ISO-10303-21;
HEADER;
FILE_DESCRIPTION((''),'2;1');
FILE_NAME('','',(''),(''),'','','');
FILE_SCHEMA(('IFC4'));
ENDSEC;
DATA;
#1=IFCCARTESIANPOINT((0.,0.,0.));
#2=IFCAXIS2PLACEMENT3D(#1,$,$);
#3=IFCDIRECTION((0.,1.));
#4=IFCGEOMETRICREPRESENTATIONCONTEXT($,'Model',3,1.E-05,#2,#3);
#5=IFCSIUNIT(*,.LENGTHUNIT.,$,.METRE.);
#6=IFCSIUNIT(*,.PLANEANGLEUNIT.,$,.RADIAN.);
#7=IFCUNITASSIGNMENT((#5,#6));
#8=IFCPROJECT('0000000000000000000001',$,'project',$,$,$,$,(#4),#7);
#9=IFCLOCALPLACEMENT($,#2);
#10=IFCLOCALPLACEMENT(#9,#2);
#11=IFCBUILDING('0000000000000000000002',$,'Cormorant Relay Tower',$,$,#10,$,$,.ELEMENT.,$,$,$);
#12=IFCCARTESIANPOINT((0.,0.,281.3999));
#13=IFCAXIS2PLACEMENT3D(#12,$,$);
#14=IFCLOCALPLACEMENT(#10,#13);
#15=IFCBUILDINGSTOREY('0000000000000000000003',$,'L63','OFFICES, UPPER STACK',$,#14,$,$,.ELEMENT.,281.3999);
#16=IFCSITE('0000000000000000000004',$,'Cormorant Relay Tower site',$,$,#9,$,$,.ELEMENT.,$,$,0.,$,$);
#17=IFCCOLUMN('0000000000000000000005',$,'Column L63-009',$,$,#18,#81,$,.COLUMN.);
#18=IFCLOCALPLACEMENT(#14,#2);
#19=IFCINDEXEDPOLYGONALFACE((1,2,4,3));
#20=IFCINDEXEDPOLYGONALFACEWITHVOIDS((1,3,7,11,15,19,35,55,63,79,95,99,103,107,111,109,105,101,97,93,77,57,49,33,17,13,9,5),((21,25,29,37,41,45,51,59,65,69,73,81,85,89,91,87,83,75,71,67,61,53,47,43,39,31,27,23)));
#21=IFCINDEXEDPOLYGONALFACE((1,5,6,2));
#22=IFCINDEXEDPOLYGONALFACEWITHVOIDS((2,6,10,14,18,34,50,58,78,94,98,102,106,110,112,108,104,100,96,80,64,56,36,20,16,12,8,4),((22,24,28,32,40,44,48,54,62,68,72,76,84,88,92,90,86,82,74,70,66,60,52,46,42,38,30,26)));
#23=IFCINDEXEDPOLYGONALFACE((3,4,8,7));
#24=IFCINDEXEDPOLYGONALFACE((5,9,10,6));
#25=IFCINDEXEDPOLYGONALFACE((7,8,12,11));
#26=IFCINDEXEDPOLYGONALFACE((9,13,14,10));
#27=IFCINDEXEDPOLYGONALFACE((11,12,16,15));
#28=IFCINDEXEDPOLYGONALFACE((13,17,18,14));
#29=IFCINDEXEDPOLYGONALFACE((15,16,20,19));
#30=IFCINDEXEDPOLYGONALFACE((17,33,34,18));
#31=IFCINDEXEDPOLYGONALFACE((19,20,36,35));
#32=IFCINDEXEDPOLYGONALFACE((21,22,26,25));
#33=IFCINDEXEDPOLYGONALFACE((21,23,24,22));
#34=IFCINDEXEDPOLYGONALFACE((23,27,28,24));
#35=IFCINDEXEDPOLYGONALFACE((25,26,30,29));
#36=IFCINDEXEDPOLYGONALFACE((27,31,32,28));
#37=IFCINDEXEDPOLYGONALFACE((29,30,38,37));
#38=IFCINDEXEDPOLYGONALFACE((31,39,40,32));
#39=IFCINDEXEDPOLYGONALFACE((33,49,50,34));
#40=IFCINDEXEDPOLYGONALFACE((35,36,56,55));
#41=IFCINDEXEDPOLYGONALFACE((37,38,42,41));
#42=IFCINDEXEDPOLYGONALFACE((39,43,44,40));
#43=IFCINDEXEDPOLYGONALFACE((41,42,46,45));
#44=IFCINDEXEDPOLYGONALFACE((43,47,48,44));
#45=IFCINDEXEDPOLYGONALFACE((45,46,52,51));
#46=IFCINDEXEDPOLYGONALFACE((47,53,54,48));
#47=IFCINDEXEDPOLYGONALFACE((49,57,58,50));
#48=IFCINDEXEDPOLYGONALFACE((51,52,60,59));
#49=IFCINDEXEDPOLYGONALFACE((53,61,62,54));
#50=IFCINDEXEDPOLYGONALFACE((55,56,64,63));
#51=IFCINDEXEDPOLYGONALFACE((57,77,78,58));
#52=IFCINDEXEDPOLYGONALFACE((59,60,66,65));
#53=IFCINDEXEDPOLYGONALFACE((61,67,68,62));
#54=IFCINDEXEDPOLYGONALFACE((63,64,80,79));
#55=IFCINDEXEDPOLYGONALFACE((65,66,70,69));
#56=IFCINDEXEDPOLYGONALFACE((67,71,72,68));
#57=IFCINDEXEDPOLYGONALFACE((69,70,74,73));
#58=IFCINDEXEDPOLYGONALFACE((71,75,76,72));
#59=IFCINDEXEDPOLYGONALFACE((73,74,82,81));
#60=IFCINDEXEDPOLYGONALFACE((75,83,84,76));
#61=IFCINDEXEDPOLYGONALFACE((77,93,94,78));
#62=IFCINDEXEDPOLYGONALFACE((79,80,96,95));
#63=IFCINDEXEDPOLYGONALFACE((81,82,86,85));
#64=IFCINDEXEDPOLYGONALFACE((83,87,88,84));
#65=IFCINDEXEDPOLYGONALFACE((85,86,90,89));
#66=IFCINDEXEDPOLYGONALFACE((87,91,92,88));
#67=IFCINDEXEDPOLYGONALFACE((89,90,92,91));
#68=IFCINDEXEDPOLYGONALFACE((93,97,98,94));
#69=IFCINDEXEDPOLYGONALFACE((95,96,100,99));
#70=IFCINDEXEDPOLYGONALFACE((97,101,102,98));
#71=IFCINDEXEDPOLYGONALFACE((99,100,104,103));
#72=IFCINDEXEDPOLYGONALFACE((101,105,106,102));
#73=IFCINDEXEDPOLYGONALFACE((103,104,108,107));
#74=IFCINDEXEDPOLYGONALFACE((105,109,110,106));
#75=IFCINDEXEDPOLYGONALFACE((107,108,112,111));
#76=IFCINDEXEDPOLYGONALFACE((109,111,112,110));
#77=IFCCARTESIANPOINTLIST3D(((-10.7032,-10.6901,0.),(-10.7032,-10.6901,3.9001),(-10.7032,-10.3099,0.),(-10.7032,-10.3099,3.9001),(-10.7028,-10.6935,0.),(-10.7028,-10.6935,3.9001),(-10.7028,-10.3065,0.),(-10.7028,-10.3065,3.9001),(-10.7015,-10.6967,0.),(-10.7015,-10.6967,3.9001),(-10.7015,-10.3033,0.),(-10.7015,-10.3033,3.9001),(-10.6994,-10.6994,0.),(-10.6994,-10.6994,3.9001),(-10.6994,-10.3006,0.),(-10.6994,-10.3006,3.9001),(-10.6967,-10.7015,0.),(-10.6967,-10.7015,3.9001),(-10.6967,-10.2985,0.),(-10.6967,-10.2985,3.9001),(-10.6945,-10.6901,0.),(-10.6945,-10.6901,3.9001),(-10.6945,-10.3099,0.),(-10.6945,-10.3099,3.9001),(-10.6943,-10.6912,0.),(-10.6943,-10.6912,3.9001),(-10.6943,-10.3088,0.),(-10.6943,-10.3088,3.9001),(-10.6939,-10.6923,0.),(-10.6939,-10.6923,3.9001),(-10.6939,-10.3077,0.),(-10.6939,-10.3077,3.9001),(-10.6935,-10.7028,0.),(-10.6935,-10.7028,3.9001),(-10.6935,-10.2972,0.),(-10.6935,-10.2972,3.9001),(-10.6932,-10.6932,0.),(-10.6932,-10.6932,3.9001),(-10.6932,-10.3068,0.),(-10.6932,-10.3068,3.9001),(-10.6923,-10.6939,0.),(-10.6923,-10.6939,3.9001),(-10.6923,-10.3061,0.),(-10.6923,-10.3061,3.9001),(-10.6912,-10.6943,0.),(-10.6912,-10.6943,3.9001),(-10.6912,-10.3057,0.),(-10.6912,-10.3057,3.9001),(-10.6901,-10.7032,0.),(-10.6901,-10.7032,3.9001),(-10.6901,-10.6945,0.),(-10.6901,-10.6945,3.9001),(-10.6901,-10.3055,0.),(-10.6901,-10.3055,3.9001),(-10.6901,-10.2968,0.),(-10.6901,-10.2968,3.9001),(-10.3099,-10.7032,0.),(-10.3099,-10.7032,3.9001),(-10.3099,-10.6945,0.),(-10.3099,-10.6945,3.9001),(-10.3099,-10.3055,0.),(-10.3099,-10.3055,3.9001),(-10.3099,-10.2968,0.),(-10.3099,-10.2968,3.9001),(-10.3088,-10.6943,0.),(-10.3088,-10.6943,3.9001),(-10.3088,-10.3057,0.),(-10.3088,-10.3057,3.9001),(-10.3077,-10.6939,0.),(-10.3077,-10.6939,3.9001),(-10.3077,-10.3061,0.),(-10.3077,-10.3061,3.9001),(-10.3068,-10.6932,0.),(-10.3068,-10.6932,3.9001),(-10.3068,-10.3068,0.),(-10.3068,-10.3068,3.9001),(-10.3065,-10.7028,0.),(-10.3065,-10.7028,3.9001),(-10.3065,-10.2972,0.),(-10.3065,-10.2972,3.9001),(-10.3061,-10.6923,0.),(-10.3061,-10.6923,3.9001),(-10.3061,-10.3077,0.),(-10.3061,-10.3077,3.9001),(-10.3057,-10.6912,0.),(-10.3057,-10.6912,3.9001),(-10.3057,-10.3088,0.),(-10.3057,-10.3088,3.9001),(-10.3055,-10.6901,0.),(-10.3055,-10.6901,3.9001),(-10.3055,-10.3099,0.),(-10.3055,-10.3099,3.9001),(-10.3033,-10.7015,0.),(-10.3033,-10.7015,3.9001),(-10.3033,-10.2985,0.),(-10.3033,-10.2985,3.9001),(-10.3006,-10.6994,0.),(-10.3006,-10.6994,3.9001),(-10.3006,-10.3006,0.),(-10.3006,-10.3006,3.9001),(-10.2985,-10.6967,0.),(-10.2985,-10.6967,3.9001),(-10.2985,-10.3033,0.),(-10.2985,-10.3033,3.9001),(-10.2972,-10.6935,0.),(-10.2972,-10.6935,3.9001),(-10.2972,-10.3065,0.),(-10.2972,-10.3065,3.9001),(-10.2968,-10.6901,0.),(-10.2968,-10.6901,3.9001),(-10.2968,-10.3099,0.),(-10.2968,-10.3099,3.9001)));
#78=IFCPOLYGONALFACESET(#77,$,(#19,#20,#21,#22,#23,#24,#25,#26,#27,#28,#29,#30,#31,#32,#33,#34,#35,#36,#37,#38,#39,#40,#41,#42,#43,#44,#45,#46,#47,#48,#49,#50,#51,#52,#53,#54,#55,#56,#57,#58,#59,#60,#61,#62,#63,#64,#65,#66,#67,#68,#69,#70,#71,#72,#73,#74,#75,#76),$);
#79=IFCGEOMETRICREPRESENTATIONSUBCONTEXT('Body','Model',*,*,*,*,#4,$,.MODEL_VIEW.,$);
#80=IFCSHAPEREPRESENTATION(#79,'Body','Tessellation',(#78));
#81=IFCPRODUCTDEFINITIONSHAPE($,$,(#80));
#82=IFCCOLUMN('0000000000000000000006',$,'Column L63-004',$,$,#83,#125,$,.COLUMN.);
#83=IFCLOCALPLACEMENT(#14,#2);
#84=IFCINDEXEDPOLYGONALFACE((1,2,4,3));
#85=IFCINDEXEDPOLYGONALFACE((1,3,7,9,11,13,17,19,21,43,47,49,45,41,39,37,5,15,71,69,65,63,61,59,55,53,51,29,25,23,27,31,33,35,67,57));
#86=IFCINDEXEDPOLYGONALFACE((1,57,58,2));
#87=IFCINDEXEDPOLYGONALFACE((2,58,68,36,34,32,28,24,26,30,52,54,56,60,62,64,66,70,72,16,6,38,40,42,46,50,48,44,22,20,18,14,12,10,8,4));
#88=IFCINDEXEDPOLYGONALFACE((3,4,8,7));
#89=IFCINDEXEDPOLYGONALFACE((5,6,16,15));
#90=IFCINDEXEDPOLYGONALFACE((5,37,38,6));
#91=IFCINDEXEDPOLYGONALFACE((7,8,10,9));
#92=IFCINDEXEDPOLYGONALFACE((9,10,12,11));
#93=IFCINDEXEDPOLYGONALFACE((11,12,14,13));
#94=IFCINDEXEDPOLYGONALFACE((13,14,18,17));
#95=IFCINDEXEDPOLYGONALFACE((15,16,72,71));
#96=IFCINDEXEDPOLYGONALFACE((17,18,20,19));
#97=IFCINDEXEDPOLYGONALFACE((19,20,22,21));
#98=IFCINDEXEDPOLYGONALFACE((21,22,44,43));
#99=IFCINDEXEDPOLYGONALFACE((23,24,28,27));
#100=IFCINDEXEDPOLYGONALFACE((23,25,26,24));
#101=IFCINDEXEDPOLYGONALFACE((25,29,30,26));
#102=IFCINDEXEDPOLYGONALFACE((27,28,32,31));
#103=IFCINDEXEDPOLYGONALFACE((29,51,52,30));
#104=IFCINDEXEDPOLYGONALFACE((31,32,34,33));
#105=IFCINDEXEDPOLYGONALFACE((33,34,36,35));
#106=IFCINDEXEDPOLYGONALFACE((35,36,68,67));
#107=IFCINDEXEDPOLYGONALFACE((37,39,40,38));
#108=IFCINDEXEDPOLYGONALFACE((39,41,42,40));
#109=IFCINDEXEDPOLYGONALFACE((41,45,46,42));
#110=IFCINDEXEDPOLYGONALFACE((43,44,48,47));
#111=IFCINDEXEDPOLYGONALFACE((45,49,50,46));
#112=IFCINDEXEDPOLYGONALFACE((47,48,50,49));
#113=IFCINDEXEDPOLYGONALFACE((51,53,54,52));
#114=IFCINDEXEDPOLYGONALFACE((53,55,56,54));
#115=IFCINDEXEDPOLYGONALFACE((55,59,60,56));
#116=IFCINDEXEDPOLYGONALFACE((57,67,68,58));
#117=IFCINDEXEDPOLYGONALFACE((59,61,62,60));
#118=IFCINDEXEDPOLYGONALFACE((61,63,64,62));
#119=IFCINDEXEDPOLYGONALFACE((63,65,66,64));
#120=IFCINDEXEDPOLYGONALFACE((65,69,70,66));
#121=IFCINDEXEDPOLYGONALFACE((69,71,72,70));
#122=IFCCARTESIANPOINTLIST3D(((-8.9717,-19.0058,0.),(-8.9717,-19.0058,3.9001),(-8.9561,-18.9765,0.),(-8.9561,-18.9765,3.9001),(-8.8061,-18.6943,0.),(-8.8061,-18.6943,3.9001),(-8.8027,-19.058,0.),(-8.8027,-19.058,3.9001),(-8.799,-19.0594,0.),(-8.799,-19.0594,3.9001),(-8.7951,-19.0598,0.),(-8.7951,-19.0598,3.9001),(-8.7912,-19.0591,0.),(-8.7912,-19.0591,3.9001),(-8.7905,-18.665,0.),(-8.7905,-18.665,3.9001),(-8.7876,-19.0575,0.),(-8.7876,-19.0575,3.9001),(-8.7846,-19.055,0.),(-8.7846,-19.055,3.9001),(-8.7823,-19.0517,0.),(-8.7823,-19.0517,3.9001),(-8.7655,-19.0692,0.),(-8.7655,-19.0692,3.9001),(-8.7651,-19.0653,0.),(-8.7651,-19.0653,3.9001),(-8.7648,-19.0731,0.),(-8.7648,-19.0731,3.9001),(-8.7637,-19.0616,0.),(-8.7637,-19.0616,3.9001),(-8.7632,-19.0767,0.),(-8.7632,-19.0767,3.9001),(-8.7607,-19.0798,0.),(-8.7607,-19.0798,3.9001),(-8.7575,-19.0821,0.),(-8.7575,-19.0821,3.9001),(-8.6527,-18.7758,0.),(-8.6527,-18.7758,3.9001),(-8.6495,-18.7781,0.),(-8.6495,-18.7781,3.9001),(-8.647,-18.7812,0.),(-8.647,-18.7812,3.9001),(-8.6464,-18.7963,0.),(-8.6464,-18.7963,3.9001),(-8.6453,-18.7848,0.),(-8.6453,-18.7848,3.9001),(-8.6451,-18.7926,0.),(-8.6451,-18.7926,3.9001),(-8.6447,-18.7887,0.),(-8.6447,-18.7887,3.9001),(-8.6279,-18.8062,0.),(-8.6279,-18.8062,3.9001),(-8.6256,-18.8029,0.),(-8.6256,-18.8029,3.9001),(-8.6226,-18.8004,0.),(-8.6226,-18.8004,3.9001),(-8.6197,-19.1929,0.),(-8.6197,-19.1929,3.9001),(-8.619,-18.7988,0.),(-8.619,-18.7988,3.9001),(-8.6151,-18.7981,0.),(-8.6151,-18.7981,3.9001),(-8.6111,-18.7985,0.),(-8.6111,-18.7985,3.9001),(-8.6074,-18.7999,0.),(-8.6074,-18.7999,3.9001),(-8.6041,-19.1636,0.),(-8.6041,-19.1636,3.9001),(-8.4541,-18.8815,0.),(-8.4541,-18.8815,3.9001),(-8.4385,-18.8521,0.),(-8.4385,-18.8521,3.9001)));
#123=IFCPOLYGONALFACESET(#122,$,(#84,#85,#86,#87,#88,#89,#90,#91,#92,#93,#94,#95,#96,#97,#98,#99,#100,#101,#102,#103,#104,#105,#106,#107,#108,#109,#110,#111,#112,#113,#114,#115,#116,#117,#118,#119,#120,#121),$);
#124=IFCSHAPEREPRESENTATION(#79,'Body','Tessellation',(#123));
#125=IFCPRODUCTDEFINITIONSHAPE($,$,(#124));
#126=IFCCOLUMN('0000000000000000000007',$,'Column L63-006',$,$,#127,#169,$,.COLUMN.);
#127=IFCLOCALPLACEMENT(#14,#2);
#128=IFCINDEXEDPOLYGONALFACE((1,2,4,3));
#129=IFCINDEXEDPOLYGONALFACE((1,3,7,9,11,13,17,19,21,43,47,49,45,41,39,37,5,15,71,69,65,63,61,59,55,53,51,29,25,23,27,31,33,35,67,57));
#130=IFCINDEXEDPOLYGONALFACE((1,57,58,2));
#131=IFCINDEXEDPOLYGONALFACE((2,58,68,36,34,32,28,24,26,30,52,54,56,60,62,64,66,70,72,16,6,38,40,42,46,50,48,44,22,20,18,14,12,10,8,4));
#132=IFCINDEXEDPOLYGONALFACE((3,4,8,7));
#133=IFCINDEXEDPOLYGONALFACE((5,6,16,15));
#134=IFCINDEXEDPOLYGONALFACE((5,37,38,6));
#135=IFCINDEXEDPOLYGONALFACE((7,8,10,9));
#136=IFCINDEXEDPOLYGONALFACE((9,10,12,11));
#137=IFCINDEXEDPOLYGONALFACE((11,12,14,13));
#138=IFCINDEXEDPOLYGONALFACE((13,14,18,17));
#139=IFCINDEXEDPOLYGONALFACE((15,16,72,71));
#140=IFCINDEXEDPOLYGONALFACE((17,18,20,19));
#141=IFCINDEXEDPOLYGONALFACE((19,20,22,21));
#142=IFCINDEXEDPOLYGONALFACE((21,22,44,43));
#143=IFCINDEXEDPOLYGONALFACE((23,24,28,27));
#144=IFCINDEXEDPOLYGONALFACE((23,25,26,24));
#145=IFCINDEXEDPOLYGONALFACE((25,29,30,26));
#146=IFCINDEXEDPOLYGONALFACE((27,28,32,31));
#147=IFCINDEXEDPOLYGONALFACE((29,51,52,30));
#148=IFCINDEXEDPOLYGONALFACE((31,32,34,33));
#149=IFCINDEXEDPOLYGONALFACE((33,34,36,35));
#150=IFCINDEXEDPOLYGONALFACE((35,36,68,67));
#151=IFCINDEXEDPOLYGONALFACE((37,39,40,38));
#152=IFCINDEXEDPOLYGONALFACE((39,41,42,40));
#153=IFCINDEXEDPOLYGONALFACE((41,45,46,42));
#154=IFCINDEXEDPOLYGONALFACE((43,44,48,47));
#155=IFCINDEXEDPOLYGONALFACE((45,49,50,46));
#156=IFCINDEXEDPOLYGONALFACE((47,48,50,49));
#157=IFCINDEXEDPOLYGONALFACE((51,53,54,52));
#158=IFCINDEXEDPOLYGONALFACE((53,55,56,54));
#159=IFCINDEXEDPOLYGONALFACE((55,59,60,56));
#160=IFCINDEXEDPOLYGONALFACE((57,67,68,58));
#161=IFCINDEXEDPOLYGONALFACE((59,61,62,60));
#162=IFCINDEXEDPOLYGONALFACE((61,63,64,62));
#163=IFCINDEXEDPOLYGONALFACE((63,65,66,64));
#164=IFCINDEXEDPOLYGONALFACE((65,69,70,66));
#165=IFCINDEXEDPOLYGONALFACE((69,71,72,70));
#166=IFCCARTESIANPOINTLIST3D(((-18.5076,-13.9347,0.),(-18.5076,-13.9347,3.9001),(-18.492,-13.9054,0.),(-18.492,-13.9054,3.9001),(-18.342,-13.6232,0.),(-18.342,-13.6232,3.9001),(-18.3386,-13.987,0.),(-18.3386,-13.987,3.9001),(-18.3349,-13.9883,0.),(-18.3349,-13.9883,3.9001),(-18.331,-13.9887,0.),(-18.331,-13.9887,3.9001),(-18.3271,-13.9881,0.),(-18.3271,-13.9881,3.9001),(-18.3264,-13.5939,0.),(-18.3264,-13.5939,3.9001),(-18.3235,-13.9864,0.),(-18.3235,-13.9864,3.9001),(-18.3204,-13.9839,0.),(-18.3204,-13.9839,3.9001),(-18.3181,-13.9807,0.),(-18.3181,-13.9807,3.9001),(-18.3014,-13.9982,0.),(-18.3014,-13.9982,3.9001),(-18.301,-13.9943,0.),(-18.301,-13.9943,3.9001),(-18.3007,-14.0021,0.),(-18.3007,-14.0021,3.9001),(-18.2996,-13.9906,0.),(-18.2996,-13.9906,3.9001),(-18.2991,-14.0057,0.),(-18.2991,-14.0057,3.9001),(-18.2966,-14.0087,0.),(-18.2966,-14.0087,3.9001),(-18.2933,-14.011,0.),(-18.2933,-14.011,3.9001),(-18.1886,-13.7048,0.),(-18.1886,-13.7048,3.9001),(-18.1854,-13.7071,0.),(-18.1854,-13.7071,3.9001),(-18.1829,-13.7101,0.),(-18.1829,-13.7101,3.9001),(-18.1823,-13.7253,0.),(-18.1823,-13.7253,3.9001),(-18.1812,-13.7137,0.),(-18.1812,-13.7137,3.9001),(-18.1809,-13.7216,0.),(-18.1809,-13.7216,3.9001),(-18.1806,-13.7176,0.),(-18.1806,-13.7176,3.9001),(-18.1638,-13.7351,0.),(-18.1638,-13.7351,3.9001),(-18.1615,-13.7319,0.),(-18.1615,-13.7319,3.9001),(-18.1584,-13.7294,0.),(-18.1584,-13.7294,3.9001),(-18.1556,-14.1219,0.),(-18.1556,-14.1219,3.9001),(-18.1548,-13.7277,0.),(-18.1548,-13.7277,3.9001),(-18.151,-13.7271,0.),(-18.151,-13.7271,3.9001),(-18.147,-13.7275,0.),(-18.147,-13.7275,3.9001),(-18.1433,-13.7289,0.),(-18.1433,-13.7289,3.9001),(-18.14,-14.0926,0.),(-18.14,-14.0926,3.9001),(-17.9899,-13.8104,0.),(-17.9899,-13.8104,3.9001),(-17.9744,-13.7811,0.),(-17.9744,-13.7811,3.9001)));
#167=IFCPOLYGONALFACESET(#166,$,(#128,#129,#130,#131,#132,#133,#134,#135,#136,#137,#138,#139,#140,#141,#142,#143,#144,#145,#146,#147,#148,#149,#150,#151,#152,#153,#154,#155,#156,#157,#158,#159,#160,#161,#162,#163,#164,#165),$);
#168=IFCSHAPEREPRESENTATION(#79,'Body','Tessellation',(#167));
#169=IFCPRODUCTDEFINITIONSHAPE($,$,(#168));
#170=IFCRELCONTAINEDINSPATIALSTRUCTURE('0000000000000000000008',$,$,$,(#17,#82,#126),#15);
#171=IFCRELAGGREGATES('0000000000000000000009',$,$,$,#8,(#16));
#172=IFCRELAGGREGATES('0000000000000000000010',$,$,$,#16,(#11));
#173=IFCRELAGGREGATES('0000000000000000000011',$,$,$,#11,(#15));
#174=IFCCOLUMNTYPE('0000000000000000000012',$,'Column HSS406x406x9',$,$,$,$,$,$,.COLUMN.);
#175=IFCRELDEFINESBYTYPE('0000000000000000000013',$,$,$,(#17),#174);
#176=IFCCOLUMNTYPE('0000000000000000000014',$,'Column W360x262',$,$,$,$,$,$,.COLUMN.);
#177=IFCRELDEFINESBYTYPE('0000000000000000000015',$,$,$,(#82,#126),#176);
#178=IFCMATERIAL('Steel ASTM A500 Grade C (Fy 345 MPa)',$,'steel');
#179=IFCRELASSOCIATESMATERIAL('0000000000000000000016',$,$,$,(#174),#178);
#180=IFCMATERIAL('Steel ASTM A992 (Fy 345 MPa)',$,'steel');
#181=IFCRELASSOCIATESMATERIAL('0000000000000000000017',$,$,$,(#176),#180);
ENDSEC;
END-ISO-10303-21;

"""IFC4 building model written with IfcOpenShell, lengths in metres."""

from ifc_helpers import new_model, si_unit, direction, frame, origin, origin_2d, place, context, subcontext, project, spatial, hollow_rectangle, i_section, extrude, material, material_profile, profile_set, type_object, element, save


model = new_model("IFC4")

# Units and contexts
model_context = context("Model", 3, precision=1e-05, world=origin(), true_north=direction((0.0, 1.0)))
body_context = subcontext(model_context, "Body", "Model", "MODEL_VIEW")
ifc_project = project(units=[si_unit("LENGTHUNIT", "METRE"), si_unit("PLANEANGLEUNIT", "RADIAN")], contexts=[model_context])

# Site, building, storey
site_placement = place(None, origin())
site = spatial("IfcSite", under=ifc_project, at=site_placement, Name="Cormorant Relay Tower site", CompositionType="ELEMENT", RefElevation=0.0)
building_placement = place(site_placement, origin())
building = spatial("IfcBuilding", under=site, at=building_placement, Name="Cormorant Relay Tower", CompositionType="ELEMENT")
storey_placement = place(building_placement, frame((0.0, 0.0, 281.3999)))
storey = spatial("IfcBuildingStorey", under=building, at=storey_placement, Name="L63", Description="OFFICES, UPPER STACK", CompositionType="ELEMENT", Elevation=281.3999)

# Columns
ifc_material_1 = material(Name="Steel ASTM A500 Grade C (Fy 345 MPa)", Category="steel")
ifc_material_profile_1 = material_profile(ifc_material_1, hollow_rectangle(XDim=0.4065, YDim=0.4065, WallThickness=0.0088, InnerFilletRadius=0.0044, OuterFilletRadius=0.0132, at=origin_2d()), Name="HSS406x406x9")
ifc_profile_set_1 = profile_set([ifc_material_profile_1], Name="Steel ASTM A500 Grade C (Fy 345 MPa)")
column_type_1 = type_object("IfcColumnType", Name="Column HSS406x406x9", PredefinedType="COLUMN", material=ifc_profile_set_1)
column_placement = place(storey_placement, frame((-10.5, -10.5, 0.0), z_axis=(0.0, 0.0, 1.0), x_axis=(1.0, 0.0, 0.0)))
element("IfcColumn", 1, at=column_placement, inside=storey, type_object=column_type_1, Name="Column L63-009", PredefinedType="COLUMN", context=body_context, shape_type="SweptSolid", body=[
    extrude(hollow_rectangle(XDim=0.4065, YDim=0.4065, WallThickness=0.0088, InnerFilletRadius=0.0044, OuterFilletRadius=0.0132, at=origin_2d()), origin(), (0.0, 0.0, 1.0), 3.9001),
])
ifc_material_2 = material(Name="Steel ASTM A992 (Fy 345 MPa)", Category="steel")
ifc_material_profile_2 = material_profile(ifc_material_2, i_section(OverallWidth=0.3987, OverallDepth=0.386, WebThickness=0.021, FlangeThickness=0.0332, FilletRadius=0.0151, at=origin_2d()), Name="W360x262")
ifc_profile_set_2 = profile_set([ifc_material_profile_2], Name="Steel ASTM A992 (Fy 345 MPa)")
column_type_2 = type_object("IfcColumnType", Name="Column W360x262", PredefinedType="COLUMN", material=ifc_profile_set_2)
for number, where, z_axis, x_axis, name in (
    (2, (-8.7051, -18.929, 0.0), (0.0, 0.0, 1.0), (0.882948, -0.469472, 0.0), "Column L63-004"),
    (3, (-18.241, -13.8579, 0.0), (0.0, 0.0, 1.0), (0.882948, -0.469472, 0.0), "Column L63-006"),
):
    element("IfcColumn", number, at=place(storey_placement, frame(where, z_axis=z_axis, x_axis=x_axis)), inside=storey, type_object=column_type_2, Name=name, PredefinedType="COLUMN", context=body_context, shape_type="SweptSolid", body=[
        extrude(i_section(OverallWidth=0.3987, OverallDepth=0.386, WebThickness=0.021, FlangeThickness=0.0332, FilletRadius=0.0151, at=origin_2d()), origin(), (0.0, 0.0, 1.0), 3.9001),
    ])

save(model, "model.ifc")
